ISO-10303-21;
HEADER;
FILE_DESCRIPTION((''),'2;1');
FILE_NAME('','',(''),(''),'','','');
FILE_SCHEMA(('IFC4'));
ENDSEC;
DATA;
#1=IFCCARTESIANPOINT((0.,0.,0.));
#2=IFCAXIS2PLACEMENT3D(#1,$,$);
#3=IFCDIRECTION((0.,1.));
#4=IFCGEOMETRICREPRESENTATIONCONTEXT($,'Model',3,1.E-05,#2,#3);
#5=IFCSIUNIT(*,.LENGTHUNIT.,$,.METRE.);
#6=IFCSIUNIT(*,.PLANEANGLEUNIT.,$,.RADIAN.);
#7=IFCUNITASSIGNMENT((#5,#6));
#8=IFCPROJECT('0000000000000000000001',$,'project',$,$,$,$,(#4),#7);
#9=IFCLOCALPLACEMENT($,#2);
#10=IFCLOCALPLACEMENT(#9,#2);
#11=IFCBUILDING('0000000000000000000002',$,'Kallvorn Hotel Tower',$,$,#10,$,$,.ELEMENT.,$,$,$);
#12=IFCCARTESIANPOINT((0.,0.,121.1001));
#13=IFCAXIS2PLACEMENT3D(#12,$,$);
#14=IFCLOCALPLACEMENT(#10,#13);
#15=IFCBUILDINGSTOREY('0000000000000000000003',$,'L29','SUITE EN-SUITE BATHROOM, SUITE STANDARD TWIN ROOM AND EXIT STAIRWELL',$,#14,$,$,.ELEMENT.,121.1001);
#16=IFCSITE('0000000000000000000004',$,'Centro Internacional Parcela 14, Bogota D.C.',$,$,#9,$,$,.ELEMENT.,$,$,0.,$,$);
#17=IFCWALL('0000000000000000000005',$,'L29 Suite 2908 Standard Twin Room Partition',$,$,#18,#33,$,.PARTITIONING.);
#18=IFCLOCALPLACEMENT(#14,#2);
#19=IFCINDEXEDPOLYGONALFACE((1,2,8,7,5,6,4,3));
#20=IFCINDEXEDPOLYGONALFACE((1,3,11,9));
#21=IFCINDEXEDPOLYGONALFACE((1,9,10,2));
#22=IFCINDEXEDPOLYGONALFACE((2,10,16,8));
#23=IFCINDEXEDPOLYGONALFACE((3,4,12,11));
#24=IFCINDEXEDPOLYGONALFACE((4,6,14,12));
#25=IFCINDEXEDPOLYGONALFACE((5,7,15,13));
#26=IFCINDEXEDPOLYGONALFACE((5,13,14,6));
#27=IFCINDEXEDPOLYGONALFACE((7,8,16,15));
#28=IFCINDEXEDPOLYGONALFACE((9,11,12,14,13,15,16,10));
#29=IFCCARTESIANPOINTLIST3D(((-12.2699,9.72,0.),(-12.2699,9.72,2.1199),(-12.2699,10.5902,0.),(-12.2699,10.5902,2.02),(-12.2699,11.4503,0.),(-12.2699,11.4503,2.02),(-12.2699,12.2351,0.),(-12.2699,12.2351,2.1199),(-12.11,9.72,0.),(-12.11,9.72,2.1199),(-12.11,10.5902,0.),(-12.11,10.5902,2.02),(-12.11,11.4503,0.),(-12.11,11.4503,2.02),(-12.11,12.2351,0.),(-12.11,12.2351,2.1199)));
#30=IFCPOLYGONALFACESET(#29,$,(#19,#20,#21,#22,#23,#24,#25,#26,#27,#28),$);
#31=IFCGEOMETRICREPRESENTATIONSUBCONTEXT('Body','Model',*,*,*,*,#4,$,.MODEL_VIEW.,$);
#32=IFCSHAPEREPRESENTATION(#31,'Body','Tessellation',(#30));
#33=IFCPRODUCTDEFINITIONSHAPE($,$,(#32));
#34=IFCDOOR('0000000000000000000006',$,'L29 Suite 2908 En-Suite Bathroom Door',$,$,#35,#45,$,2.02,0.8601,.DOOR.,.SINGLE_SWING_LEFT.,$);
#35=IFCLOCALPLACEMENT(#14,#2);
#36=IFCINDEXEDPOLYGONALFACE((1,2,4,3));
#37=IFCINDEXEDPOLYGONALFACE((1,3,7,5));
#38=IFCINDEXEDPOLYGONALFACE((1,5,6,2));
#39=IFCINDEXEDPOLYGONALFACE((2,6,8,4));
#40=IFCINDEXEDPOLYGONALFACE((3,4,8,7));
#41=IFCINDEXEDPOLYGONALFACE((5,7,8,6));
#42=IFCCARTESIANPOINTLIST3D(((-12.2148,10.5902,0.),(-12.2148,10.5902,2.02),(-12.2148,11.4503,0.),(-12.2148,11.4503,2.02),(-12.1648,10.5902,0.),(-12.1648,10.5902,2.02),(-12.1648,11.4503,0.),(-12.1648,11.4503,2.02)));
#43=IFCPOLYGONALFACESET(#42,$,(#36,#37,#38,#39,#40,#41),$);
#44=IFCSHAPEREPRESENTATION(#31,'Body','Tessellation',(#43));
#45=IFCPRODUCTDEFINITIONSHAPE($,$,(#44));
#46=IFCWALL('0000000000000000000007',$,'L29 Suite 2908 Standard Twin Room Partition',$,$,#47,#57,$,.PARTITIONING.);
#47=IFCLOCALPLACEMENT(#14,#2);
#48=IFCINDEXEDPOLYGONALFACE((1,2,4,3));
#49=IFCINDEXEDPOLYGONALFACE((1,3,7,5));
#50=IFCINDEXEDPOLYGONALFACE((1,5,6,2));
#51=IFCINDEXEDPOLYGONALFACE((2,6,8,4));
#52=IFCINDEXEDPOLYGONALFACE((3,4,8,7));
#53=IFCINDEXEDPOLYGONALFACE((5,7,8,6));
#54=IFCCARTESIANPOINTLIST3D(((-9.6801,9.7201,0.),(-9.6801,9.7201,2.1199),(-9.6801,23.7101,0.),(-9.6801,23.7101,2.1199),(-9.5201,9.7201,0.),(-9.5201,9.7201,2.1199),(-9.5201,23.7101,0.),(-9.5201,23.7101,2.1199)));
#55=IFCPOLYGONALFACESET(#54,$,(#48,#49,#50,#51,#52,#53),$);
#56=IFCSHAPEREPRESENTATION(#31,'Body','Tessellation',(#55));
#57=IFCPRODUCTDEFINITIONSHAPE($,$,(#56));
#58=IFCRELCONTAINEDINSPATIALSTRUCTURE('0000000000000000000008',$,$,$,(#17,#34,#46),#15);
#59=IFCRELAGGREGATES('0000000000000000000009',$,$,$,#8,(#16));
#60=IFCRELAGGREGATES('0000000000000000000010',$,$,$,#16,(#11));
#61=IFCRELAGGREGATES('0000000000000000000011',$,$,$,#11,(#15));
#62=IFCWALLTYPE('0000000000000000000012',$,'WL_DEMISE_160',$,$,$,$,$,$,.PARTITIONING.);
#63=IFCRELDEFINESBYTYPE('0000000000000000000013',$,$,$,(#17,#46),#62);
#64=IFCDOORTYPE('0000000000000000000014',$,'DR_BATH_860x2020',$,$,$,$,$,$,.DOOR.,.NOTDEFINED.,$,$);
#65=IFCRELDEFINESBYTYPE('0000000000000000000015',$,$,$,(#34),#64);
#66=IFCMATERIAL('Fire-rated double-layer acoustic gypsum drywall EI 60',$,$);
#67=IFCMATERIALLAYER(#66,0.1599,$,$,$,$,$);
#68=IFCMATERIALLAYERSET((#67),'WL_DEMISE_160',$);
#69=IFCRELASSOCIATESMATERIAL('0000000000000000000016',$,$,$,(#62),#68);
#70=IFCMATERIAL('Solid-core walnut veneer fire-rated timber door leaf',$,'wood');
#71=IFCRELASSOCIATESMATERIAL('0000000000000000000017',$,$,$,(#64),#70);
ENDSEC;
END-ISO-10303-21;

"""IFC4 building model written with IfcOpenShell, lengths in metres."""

from ifc_helpers import new_model, si_unit, direction, frame, frame_2d, origin, place, context, subcontext, project, spatial, rectangle, extrude, material, layer, layer_set, type_object, element, fill, save


model = new_model("IFC4")

# Units and contexts
model_context = context("Model", 3, precision=1e-05, world=origin(), true_north=direction((0.0, 1.0)))
body_context = subcontext(model_context, "Body", "Model", "MODEL_VIEW")
ifc_project = project(units=[si_unit("LENGTHUNIT", "METRE"), si_unit("PLANEANGLEUNIT", "RADIAN")], contexts=[model_context])

# Site, building, storey
site_placement = place(None, origin())
site = spatial("IfcSite", under=ifc_project, at=site_placement, Name="Centro Internacional Parcela 14, Bogota D.C.", CompositionType="ELEMENT", RefElevation=0.0)
building_placement = place(site_placement, origin())
building = spatial("IfcBuilding", under=site, at=building_placement, Name="Kallvorn Hotel Tower", CompositionType="ELEMENT")
storey_placement = place(building_placement, frame((0.0, 0.0, 121.1001)))
storey = spatial("IfcBuildingStorey", under=building, at=storey_placement, Name="L29", Description="SUITE EN-SUITE BATHROOM, SUITE STANDARD TWIN ROOM AND EXIT STAIRWELL", CompositionType="ELEMENT", Elevation=121.1001)

# Shared definitions
ifc_material_1 = material(Name="Fire-rated double-layer acoustic gypsum drywall EI 60")
ifc_layer_1 = layer(ifc_material_1, 0.1599)
ifc_layer_set_1 = layer_set([ifc_layer_1], Name="WL_DEMISE_160")
wall_type = type_object("IfcWallType", Name="WL_DEMISE_160", PredefinedType="PARTITIONING", material=ifc_layer_set_1)

# Wall, opening, door
wall_1_placement = place(storey_placement, frame((-12.1899, 9.72, 0.0), z_axis=(0.0, 0.0, 1.0), x_axis=(0.0, 1.0, 0.0)))
wall_1 = element("IfcWall", 1, at=wall_1_placement, inside=storey, type_object=wall_type, Name="L29 Suite 2908 Standard Twin Room Partition", PredefinedType="PARTITIONING", context=body_context, shape_type="SweptSolid", body=[
    extrude(rectangle(XDim=2.5151, YDim=0.1599, at=frame_2d((1.2576, 0.0))), origin(), (0.0, 0.0, 1.0), 2.1199),
])
opening_placement = place(wall_1_placement, frame((0.8701, 0.0, 0.0)))
opening = element("IfcOpeningElement", 2, at=opening_placement, cuts=wall_1, PredefinedType="OPENING", context=body_context, shape_type="SweptSolid", body=[
    extrude(rectangle(XDim=0.8601, YDim=2.02, at=frame_2d((0.4302, 1.01))), frame((0.0, 0.095, 0.0), z_axis=(0.0, -1.0, 0.0), x_axis=(1.0, 0.0, 0.0)), (0.0, 0.0, 1.0), 0.1899),
])
ifc_material_2 = material(Name="Solid-core walnut veneer fire-rated timber door leaf", Category="wood")
door_type = type_object("IfcDoorType", Name="DR_BATH_860x2020", OperationType="NOTDEFINED", PredefinedType="DOOR", material=ifc_material_2)
door_placement = place(opening_placement, origin())
door = element("IfcDoor", 3, at=door_placement, inside=storey, type_object=door_type, Name="L29 Suite 2908 En-Suite Bathroom Door", OperationType="SINGLE_SWING_LEFT", OverallHeight=2.02, OverallWidth=0.8601, PredefinedType="DOOR", context=body_context, shape_type="SweptSolid", body=[
    extrude(rectangle(XDim=0.8601, YDim=2.02, at=frame_2d((0.4302, 1.01))), frame((0.0, 0.0249, 0.0), z_axis=(0.0, -1.0, 0.0), x_axis=(1.0, 0.0, 0.0)), (0.0, 0.0, 1.0), 0.05),
])
fill(opening, door)

# Wall
wall_2_placement = place(storey_placement, frame((-9.6001, 9.72, 0.0), z_axis=(0.0, 0.0, 1.0), x_axis=(0.0, 1.0, 0.0)))
element("IfcWall", 4, at=wall_2_placement, inside=storey, type_object=wall_type, Name="L29 Suite 2908 Standard Twin Room Partition", PredefinedType="PARTITIONING", context=body_context, shape_type="SweptSolid", body=[
    extrude(rectangle(XDim=13.99, YDim=0.1599, at=frame_2d((6.9951, 0.0))), origin(), (0.0, 0.0, 1.0), 2.1199),
])

save(model, "model.ifc")
